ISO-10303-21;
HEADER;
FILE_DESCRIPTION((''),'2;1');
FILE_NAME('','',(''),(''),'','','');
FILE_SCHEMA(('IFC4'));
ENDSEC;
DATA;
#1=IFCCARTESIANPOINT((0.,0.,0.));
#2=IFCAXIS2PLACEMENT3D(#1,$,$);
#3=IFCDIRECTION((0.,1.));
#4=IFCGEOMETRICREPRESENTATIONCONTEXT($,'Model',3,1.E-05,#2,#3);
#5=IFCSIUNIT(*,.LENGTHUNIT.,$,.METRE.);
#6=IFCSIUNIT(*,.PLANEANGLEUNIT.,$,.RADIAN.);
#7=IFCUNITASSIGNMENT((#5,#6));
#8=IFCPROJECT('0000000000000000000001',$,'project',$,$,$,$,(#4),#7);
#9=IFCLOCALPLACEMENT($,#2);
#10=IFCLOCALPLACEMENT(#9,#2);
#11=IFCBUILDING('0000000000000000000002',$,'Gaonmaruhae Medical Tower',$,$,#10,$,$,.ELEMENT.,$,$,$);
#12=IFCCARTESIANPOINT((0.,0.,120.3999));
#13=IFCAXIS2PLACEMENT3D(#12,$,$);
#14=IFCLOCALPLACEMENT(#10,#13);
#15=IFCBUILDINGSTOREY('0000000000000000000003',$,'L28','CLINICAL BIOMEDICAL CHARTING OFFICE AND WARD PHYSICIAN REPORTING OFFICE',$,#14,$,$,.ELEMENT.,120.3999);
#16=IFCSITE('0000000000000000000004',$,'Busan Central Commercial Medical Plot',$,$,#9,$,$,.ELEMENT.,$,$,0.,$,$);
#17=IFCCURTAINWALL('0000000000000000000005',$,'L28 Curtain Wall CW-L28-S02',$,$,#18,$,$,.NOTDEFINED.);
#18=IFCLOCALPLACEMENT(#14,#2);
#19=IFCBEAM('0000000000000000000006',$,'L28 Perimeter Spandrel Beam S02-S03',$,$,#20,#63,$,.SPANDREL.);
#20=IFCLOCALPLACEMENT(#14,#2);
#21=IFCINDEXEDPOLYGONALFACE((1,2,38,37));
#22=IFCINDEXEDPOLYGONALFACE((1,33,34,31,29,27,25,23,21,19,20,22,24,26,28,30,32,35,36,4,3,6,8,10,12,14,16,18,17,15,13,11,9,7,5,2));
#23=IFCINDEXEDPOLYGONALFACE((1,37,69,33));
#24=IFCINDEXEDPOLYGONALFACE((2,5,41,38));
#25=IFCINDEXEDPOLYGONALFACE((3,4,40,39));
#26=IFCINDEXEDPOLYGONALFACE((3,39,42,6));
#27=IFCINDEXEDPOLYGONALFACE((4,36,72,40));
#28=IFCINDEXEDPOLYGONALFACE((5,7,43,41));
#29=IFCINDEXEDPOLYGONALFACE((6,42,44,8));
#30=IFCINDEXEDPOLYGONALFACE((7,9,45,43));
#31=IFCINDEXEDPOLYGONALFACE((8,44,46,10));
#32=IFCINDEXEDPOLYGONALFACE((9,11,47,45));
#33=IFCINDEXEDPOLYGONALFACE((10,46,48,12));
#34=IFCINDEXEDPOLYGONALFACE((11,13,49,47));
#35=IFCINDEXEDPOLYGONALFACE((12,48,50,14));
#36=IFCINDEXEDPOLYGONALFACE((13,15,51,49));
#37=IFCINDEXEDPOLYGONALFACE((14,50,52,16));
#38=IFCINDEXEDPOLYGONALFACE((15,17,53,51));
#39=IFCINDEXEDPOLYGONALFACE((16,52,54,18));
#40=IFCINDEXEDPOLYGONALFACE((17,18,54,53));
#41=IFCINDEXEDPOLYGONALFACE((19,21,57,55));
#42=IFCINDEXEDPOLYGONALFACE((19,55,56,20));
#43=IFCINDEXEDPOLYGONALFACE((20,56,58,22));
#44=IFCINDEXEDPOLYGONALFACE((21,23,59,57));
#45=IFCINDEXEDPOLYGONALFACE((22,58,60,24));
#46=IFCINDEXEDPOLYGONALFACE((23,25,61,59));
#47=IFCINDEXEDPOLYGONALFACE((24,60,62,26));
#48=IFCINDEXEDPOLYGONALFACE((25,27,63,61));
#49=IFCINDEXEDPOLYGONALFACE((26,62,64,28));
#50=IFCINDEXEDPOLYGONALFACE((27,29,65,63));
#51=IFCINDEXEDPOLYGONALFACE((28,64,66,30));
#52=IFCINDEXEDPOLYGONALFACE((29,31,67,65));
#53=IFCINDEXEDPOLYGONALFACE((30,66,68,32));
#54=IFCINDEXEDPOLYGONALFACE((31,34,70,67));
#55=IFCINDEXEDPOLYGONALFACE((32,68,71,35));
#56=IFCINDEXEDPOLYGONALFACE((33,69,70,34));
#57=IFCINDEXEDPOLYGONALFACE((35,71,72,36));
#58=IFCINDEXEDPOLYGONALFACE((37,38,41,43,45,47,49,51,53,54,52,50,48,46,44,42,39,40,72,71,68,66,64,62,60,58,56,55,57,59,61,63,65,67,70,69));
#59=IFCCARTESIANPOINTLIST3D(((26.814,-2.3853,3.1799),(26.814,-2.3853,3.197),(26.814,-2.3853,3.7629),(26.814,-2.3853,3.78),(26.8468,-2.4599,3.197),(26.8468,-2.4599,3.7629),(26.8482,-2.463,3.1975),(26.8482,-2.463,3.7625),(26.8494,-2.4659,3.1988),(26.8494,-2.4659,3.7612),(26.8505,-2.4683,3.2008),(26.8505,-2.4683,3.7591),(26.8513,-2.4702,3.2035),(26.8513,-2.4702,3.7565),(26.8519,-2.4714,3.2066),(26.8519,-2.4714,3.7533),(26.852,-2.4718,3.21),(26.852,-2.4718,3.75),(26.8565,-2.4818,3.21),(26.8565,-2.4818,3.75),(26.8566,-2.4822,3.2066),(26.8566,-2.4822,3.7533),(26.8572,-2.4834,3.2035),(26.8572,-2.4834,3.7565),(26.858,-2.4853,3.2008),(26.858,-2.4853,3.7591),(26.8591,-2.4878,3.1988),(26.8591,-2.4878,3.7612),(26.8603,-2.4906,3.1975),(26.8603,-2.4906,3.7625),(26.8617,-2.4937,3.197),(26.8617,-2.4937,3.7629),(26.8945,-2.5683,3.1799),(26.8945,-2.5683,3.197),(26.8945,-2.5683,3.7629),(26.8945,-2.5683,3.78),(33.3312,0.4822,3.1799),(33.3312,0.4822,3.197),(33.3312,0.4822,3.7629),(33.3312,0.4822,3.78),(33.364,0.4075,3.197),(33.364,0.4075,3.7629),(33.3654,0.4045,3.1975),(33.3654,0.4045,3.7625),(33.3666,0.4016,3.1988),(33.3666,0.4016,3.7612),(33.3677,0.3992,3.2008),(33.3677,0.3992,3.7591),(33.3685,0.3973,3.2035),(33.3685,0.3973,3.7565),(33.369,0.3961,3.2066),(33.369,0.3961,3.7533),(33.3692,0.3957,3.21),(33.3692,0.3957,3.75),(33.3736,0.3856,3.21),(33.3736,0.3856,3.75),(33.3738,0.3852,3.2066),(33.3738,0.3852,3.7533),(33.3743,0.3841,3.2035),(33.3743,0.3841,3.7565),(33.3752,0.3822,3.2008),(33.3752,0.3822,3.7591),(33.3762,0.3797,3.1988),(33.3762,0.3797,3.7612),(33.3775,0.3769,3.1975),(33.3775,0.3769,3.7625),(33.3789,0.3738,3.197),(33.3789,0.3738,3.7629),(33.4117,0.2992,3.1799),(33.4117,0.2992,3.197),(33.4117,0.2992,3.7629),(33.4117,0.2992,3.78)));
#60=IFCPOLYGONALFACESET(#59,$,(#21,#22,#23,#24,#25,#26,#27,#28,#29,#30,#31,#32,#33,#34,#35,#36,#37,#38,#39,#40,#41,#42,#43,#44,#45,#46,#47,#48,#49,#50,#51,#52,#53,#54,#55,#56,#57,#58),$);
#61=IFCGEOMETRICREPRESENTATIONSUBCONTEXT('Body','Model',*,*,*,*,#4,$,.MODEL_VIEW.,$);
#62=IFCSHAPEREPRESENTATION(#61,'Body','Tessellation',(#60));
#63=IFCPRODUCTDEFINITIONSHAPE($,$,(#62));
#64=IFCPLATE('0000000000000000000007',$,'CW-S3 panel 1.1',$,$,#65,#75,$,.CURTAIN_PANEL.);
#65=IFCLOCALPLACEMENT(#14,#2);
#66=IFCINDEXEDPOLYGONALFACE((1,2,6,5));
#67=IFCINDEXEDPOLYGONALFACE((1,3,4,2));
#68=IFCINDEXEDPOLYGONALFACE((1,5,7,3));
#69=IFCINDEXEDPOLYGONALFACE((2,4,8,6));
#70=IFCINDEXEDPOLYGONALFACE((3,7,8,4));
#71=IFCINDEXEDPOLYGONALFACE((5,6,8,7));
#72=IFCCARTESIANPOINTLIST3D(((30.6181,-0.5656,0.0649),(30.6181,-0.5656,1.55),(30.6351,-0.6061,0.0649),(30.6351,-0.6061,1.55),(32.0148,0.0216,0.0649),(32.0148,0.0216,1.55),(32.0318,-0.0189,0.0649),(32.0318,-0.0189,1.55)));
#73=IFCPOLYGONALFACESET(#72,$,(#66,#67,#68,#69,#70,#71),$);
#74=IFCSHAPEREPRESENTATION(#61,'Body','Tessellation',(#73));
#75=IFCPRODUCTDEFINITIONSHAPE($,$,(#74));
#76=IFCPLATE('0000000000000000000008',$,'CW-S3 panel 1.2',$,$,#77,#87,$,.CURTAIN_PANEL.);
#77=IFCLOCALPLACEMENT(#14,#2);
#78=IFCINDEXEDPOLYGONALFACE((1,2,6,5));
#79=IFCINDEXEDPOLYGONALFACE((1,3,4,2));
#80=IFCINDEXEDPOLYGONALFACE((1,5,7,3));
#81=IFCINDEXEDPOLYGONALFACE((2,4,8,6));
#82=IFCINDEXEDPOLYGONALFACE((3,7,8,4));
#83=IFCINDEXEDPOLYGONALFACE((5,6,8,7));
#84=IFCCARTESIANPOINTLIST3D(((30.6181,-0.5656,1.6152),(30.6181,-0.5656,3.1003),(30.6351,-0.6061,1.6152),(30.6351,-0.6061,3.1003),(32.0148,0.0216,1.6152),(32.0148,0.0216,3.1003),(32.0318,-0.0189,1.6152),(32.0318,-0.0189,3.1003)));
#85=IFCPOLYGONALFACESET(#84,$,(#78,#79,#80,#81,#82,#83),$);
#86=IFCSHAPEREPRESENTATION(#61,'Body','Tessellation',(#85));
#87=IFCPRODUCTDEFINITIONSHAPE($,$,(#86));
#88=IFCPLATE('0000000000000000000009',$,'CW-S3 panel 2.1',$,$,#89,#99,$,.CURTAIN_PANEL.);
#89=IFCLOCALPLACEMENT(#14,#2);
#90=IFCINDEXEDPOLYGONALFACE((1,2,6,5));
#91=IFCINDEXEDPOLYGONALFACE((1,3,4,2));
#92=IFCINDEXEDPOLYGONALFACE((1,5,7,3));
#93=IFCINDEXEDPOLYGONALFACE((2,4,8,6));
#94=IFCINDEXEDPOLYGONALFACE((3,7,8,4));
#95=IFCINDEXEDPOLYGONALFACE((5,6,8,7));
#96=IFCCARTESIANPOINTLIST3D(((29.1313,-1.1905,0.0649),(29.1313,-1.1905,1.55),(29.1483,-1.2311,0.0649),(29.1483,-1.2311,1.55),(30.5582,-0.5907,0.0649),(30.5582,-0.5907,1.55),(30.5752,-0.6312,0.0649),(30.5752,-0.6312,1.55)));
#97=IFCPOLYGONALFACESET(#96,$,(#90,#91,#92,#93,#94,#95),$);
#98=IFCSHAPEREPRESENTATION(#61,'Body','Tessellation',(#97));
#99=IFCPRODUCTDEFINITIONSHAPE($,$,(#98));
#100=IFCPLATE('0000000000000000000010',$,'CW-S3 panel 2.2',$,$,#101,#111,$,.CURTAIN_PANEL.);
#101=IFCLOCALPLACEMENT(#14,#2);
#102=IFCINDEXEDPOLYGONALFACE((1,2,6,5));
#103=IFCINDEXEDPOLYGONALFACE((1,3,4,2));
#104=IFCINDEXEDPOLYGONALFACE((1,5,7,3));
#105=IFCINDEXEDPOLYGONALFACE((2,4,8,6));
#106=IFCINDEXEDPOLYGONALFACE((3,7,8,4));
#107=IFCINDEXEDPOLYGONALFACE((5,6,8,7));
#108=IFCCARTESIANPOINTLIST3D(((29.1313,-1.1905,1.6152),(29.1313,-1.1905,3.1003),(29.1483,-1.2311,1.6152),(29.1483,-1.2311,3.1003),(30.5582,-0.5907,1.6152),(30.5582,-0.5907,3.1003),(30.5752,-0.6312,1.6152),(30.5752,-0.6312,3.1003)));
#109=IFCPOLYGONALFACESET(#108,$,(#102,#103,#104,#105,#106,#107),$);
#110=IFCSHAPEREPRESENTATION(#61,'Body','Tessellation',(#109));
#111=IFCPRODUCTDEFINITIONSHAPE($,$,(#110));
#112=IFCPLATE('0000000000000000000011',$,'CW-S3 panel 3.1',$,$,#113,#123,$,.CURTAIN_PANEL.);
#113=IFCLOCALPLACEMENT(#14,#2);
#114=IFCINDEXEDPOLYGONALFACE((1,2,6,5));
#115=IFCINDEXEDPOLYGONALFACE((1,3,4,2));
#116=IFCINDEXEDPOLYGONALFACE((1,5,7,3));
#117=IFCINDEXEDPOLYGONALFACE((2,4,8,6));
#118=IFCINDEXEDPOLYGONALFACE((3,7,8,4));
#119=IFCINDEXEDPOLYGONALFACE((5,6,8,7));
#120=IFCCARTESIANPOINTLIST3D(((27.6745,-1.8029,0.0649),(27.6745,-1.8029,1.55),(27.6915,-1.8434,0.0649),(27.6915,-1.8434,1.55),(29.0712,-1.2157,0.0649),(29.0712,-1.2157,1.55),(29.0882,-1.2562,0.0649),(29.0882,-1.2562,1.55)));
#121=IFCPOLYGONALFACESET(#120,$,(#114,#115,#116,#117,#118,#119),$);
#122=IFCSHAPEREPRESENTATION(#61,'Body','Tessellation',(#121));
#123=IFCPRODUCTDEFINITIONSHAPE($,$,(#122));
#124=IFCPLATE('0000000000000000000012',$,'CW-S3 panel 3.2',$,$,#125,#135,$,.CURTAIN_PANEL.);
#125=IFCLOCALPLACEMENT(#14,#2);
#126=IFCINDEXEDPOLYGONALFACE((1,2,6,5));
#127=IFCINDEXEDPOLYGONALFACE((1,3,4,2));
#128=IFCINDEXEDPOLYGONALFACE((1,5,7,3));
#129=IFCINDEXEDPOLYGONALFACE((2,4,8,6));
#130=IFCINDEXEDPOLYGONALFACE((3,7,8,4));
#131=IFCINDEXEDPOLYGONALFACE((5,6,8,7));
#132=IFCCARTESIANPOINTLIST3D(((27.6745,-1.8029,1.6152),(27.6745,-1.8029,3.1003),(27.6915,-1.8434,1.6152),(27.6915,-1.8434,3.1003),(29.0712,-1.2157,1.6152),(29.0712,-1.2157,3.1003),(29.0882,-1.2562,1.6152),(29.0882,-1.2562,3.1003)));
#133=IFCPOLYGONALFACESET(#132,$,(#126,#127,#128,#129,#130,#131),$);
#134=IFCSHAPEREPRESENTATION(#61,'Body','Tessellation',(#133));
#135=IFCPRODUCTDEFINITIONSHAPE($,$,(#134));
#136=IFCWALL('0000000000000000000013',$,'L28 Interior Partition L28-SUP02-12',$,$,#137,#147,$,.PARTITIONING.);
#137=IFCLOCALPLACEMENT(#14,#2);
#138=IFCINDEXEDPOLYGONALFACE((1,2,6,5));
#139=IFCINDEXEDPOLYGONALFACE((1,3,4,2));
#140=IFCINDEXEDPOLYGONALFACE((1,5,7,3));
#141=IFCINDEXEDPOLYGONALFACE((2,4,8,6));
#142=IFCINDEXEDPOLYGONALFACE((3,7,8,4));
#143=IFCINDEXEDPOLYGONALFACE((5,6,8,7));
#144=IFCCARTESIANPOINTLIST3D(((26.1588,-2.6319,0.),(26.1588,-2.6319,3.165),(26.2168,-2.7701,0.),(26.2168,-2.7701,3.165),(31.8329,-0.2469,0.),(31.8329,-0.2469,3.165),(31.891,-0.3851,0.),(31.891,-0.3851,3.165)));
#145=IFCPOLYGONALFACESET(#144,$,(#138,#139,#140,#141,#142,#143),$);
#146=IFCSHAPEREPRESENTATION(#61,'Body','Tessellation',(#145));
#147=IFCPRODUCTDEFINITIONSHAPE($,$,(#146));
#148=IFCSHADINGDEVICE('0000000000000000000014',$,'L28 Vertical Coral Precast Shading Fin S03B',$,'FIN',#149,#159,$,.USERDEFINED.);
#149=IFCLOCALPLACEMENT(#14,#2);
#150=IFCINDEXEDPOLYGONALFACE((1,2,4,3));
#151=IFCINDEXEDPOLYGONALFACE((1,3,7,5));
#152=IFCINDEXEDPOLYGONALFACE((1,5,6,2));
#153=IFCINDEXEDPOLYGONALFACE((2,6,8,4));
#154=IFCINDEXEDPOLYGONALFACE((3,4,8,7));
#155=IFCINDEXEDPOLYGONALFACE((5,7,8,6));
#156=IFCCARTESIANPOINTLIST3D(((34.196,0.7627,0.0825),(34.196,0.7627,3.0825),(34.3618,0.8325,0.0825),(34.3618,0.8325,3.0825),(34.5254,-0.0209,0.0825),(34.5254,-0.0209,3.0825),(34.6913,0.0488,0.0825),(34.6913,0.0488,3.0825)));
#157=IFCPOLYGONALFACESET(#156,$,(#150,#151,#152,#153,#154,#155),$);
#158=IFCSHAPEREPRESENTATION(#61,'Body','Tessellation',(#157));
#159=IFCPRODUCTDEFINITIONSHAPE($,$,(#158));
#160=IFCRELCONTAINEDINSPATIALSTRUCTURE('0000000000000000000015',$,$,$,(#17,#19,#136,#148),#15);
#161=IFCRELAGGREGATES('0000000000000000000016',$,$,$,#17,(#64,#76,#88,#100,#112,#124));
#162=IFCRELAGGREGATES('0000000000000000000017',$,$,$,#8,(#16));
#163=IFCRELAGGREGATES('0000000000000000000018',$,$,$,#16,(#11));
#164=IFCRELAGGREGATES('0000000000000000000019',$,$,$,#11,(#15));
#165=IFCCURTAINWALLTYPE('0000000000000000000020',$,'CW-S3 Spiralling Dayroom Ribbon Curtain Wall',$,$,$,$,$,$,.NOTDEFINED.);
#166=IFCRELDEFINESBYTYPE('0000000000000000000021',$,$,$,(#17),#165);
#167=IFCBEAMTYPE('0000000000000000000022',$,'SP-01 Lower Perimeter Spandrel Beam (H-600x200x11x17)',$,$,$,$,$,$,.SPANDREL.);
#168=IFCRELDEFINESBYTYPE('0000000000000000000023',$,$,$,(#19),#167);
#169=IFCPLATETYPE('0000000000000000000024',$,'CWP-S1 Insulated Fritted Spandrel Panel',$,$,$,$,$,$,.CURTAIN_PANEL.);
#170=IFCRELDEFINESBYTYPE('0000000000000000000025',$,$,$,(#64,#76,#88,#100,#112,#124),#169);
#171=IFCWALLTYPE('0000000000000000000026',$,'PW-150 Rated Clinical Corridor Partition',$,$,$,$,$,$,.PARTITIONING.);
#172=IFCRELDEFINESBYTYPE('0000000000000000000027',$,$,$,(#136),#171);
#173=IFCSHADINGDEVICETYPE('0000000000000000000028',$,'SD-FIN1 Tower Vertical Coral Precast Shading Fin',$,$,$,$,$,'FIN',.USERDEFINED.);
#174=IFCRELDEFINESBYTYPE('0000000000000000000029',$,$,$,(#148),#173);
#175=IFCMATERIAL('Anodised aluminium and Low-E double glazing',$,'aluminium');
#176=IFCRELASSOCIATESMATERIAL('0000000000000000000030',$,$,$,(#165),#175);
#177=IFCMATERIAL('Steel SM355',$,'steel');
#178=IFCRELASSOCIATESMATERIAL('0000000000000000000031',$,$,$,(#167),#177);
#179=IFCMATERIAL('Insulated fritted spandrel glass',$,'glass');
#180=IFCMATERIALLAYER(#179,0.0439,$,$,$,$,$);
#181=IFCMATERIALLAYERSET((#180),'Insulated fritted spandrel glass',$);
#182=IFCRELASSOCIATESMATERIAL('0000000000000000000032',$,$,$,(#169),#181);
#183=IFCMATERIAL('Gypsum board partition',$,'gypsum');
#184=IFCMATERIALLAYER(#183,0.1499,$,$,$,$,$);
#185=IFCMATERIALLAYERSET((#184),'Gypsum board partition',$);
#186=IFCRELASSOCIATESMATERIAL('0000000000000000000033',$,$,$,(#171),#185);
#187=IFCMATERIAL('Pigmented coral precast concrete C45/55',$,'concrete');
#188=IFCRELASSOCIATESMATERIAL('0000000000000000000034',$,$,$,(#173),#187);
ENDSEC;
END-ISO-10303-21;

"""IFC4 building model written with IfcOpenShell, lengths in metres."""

from ifc_helpers import new_model, si_unit, direction, frame, frame_2d, origin, origin_2d, place, context, subcontext, project, spatial, rectangle, i_section, extrude, material, layer, layer_set, material_profile, profile_set, type_object, element, aggregate, save


model = new_model("IFC4")

# Units and contexts
model_context = context("Model", 3, precision=1e-05, world=origin(), true_north=direction((0.0, 1.0)))
body_context = subcontext(model_context, "Body", "Model", "MODEL_VIEW")
ifc_project = project(units=[si_unit("LENGTHUNIT", "METRE"), si_unit("PLANEANGLEUNIT", "RADIAN")], contexts=[model_context])

# Site, building, storey
site_placement = place(None, origin())
site = spatial("IfcSite", under=ifc_project, at=site_placement, Name="Busan Central Commercial Medical Plot", CompositionType="ELEMENT", RefElevation=0.0)
building_placement = place(site_placement, origin())
building = spatial("IfcBuilding", under=site, at=building_placement, Name="Gaonmaruhae Medical Tower", CompositionType="ELEMENT")
storey_placement = place(building_placement, frame((0.0, 0.0, 120.3999)))
storey = spatial("IfcBuildingStorey", under=building, at=storey_placement, Name="L28", Description="CLINICAL BIOMEDICAL CHARTING OFFICE AND WARD PHYSICIAN REPORTING OFFICE", CompositionType="ELEMENT", Elevation=120.3999)

# Curtain wall
ifc_material_1 = material(Name="Anodised aluminium and Low-E double glazing", Category="aluminium")
curtain_wall_type = type_object("IfcCurtainWallType", Name="CW-S3 Spiralling Dayroom Ribbon Curtain Wall", PredefinedType="NOTDEFINED", material=ifc_material_1)
curtain_wall_placement = place(storey_placement, origin())
curtain_wall = element("IfcCurtainWall", 1, at=curtain_wall_placement, inside=storey, type_object=curtain_wall_type, Name="L28 Curtain Wall CW-L28-S02", PredefinedType="NOTDEFINED")

# Beam
ifc_material_2 = material(Name="Steel SM355", Category="steel")
ifc_material_profile_1 = material_profile(ifc_material_2, i_section(OverallWidth=0.2, OverallDepth=0.6001, WebThickness=0.011, FlangeThickness=0.0171, FilletRadius=0.0129, at=origin_2d()), Name="H-600x200x11x17")
ifc_profile_set_1 = profile_set([ifc_material_profile_1], Name="Steel SM355")
beam_type = type_object("IfcBeamType", Name="SP-01 Lower Perimeter Spandrel Beam (H-600x200x11x17)", PredefinedType="SPANDREL", material=ifc_profile_set_1)
beam_placement = place(storey_placement, frame((26.8542, -2.4768, 3.48), z_axis=(0.91532, 0.402728, 0.0), x_axis=(-0.402728, 0.91532, 0.0)))
element("IfcBeam", 2, at=beam_placement, inside=storey, type_object=beam_type, Name="L28 Perimeter Spandrel Beam S02-S03", PredefinedType="SPANDREL", context=body_context, shape_type="SweptSolid", body=[
    extrude(i_section(OverallWidth=0.2, OverallDepth=0.6001, WebThickness=0.011, FlangeThickness=0.0171, FilletRadius=0.0129, at=origin_2d()), origin(), (0.0, 0.0, 1.0), 7.1201),
])

# Plates
ifc_material_3 = material(Name="Insulated fritted spandrel glass", Category="glass")
ifc_layer_1 = layer(ifc_material_3, 0.0439)
ifc_layer_set_1 = layer_set([ifc_layer_1], Name="Insulated fritted spandrel glass")
plate_type = type_object("IfcPlateType", Name="CWP-S1 Insulated Fritted Spandrel Panel", PredefinedType="CURTAIN_PANEL", material=ifc_layer_set_1)
plate_1_placement = place(storey_placement, frame((31.325, -0.2922, 0.0649), z_axis=(0.0, 0.0, 1.0), x_axis=(-0.921863, -0.387516, 0.0)))
plate_1 = element("IfcPlate", 3, at=plate_1_placement, type_object=plate_type, Name="CW-S3 panel 1.1", PredefinedType="CURTAIN_PANEL", context=body_context, shape_type="SweptSolid", body=[
    extrude(rectangle(XDim=1.5151, YDim=0.0439, at=origin_2d()), origin(), (0.0, 0.0, 1.0), 1.4851),
])
plate_2_placement = place(storey_placement, frame((31.325, -0.2922, 1.6152), z_axis=(0.0, 0.0, 1.0), x_axis=(-0.921863, -0.387516, 0.0)))
plate_2 = element("IfcPlate", 4, at=plate_2_placement, type_object=plate_type, Name="CW-S3 panel 1.2", PredefinedType="CURTAIN_PANEL", context=body_context, shape_type="SweptSolid", body=[
    extrude(rectangle(XDim=1.5151, YDim=0.0439, at=origin_2d()), origin(), (0.0, 0.0, 1.0), 1.4851),
])
plate_3_placement = place(storey_placement, frame((29.8533, -0.9109, 0.0649), z_axis=(0.0, 0.0, 1.0), x_axis=(-0.921863, -0.387516, 0.0)))
plate_3 = element("IfcPlate", 5, at=plate_3_placement, type_object=plate_type, Name="CW-S3 panel 2.1", PredefinedType="CURTAIN_PANEL", context=body_context, shape_type="SweptSolid", body=[
    extrude(rectangle(XDim=1.5479, YDim=0.0439, at=origin_2d()), origin(), (0.0, 0.0, 1.0), 1.4851),
])
plate_4_placement = place(storey_placement, frame((29.8533, -0.9109, 1.6152), z_axis=(0.0, 0.0, 1.0), x_axis=(-0.921863, -0.387516, 0.0)))
plate_4 = element("IfcPlate", 6, at=plate_4_placement, type_object=plate_type, Name="CW-S3 panel 2.2", PredefinedType="CURTAIN_PANEL", context=body_context, shape_type="SweptSolid", body=[
    extrude(rectangle(XDim=1.5479, YDim=0.0439, at=origin_2d()), origin(), (0.0, 0.0, 1.0), 1.4851),
])
plate_5_placement = place(storey_placement, frame((28.3813, -1.5295, 0.0649), z_axis=(0.0, 0.0, 1.0), x_axis=(-0.921863, -0.387516, 0.0)))
plate_5 = element("IfcPlate", 7, at=plate_5_placement, type_object=plate_type, Name="CW-S3 panel 3.1", PredefinedType="CURTAIN_PANEL", context=body_context, shape_type="SweptSolid", body=[
    extrude(rectangle(XDim=1.5151, YDim=0.0439, at=origin_2d()), origin(), (0.0, 0.0, 1.0), 1.4851),
])
plate_6_placement = place(storey_placement, frame((28.3813, -1.5295, 1.6152), z_axis=(0.0, 0.0, 1.0), x_axis=(-0.921863, -0.387516, 0.0)))
plate_6 = element("IfcPlate", 8, at=plate_6_placement, type_object=plate_type, Name="CW-S3 panel 3.2", PredefinedType="CURTAIN_PANEL", context=body_context, shape_type="SweptSolid", body=[
    extrude(rectangle(XDim=1.5151, YDim=0.0439, at=origin_2d()), origin(), (0.0, 0.0, 1.0), 1.4851),
])
aggregate(curtain_wall, [plate_1, plate_2, plate_3, plate_4, plate_5, plate_6])

# Wall
ifc_material_4 = material(Name="Gypsum board partition", Category="gypsum")
ifc_layer_2 = layer(ifc_material_4, 0.1499)
ifc_layer_set_2 = layer_set([ifc_layer_2], Name="Gypsum board partition")
wall_type = type_object("IfcWallType", Name="PW-150 Rated Clinical Corridor Partition", PredefinedType="PARTITIONING", material=ifc_layer_set_2)
wall_placement = place(storey_placement, frame((31.8621, -0.3159, 0.0), z_axis=(0.0, 0.0, 1.0), x_axis=(-0.921872, -0.387495, 0.0)))
element("IfcWall", 9, at=wall_placement, inside=storey, type_object=wall_type, Name="L28 Interior Partition L28-SUP02-12", PredefinedType="PARTITIONING", context=body_context, shape_type="SweptSolid", body=[
    extrude(rectangle(XDim=6.155, YDim=0.1499, at=frame_2d((3.0776, 0.0))), origin(), (0.0, 0.0, 1.0), 3.165),
])

# Shading device
ifc_material_5 = material(Name="Pigmented coral precast concrete C45/55", Category="concrete")
shading_device_type = type_object("IfcShadingDeviceType", Name="SD-FIN1 Tower Vertical Coral Precast Shading Fin", ElementType="FIN", PredefinedType="USERDEFINED", material=ifc_material_5)
shading_device_placement = place(storey_placement, frame((34.4436, 0.4058, 0.0825), z_axis=(0.0, 0.0, 1.0), x_axis=(-0.921863, -0.387516, 0.0)))
element("IfcShadingDevice", 10, at=shading_device_placement, inside=storey, type_object=shading_device_type, Name="L28 Vertical Coral Precast Shading Fin S03B", ObjectType="FIN", PredefinedType="USERDEFINED", context=body_context, shape_type="SweptSolid", body=[
    extrude(rectangle(XDim=0.1799, YDim=0.8501, at=origin_2d()), origin(), (0.0, 0.0, 1.0), 3.0),
])

save(model, "model.ifc")
